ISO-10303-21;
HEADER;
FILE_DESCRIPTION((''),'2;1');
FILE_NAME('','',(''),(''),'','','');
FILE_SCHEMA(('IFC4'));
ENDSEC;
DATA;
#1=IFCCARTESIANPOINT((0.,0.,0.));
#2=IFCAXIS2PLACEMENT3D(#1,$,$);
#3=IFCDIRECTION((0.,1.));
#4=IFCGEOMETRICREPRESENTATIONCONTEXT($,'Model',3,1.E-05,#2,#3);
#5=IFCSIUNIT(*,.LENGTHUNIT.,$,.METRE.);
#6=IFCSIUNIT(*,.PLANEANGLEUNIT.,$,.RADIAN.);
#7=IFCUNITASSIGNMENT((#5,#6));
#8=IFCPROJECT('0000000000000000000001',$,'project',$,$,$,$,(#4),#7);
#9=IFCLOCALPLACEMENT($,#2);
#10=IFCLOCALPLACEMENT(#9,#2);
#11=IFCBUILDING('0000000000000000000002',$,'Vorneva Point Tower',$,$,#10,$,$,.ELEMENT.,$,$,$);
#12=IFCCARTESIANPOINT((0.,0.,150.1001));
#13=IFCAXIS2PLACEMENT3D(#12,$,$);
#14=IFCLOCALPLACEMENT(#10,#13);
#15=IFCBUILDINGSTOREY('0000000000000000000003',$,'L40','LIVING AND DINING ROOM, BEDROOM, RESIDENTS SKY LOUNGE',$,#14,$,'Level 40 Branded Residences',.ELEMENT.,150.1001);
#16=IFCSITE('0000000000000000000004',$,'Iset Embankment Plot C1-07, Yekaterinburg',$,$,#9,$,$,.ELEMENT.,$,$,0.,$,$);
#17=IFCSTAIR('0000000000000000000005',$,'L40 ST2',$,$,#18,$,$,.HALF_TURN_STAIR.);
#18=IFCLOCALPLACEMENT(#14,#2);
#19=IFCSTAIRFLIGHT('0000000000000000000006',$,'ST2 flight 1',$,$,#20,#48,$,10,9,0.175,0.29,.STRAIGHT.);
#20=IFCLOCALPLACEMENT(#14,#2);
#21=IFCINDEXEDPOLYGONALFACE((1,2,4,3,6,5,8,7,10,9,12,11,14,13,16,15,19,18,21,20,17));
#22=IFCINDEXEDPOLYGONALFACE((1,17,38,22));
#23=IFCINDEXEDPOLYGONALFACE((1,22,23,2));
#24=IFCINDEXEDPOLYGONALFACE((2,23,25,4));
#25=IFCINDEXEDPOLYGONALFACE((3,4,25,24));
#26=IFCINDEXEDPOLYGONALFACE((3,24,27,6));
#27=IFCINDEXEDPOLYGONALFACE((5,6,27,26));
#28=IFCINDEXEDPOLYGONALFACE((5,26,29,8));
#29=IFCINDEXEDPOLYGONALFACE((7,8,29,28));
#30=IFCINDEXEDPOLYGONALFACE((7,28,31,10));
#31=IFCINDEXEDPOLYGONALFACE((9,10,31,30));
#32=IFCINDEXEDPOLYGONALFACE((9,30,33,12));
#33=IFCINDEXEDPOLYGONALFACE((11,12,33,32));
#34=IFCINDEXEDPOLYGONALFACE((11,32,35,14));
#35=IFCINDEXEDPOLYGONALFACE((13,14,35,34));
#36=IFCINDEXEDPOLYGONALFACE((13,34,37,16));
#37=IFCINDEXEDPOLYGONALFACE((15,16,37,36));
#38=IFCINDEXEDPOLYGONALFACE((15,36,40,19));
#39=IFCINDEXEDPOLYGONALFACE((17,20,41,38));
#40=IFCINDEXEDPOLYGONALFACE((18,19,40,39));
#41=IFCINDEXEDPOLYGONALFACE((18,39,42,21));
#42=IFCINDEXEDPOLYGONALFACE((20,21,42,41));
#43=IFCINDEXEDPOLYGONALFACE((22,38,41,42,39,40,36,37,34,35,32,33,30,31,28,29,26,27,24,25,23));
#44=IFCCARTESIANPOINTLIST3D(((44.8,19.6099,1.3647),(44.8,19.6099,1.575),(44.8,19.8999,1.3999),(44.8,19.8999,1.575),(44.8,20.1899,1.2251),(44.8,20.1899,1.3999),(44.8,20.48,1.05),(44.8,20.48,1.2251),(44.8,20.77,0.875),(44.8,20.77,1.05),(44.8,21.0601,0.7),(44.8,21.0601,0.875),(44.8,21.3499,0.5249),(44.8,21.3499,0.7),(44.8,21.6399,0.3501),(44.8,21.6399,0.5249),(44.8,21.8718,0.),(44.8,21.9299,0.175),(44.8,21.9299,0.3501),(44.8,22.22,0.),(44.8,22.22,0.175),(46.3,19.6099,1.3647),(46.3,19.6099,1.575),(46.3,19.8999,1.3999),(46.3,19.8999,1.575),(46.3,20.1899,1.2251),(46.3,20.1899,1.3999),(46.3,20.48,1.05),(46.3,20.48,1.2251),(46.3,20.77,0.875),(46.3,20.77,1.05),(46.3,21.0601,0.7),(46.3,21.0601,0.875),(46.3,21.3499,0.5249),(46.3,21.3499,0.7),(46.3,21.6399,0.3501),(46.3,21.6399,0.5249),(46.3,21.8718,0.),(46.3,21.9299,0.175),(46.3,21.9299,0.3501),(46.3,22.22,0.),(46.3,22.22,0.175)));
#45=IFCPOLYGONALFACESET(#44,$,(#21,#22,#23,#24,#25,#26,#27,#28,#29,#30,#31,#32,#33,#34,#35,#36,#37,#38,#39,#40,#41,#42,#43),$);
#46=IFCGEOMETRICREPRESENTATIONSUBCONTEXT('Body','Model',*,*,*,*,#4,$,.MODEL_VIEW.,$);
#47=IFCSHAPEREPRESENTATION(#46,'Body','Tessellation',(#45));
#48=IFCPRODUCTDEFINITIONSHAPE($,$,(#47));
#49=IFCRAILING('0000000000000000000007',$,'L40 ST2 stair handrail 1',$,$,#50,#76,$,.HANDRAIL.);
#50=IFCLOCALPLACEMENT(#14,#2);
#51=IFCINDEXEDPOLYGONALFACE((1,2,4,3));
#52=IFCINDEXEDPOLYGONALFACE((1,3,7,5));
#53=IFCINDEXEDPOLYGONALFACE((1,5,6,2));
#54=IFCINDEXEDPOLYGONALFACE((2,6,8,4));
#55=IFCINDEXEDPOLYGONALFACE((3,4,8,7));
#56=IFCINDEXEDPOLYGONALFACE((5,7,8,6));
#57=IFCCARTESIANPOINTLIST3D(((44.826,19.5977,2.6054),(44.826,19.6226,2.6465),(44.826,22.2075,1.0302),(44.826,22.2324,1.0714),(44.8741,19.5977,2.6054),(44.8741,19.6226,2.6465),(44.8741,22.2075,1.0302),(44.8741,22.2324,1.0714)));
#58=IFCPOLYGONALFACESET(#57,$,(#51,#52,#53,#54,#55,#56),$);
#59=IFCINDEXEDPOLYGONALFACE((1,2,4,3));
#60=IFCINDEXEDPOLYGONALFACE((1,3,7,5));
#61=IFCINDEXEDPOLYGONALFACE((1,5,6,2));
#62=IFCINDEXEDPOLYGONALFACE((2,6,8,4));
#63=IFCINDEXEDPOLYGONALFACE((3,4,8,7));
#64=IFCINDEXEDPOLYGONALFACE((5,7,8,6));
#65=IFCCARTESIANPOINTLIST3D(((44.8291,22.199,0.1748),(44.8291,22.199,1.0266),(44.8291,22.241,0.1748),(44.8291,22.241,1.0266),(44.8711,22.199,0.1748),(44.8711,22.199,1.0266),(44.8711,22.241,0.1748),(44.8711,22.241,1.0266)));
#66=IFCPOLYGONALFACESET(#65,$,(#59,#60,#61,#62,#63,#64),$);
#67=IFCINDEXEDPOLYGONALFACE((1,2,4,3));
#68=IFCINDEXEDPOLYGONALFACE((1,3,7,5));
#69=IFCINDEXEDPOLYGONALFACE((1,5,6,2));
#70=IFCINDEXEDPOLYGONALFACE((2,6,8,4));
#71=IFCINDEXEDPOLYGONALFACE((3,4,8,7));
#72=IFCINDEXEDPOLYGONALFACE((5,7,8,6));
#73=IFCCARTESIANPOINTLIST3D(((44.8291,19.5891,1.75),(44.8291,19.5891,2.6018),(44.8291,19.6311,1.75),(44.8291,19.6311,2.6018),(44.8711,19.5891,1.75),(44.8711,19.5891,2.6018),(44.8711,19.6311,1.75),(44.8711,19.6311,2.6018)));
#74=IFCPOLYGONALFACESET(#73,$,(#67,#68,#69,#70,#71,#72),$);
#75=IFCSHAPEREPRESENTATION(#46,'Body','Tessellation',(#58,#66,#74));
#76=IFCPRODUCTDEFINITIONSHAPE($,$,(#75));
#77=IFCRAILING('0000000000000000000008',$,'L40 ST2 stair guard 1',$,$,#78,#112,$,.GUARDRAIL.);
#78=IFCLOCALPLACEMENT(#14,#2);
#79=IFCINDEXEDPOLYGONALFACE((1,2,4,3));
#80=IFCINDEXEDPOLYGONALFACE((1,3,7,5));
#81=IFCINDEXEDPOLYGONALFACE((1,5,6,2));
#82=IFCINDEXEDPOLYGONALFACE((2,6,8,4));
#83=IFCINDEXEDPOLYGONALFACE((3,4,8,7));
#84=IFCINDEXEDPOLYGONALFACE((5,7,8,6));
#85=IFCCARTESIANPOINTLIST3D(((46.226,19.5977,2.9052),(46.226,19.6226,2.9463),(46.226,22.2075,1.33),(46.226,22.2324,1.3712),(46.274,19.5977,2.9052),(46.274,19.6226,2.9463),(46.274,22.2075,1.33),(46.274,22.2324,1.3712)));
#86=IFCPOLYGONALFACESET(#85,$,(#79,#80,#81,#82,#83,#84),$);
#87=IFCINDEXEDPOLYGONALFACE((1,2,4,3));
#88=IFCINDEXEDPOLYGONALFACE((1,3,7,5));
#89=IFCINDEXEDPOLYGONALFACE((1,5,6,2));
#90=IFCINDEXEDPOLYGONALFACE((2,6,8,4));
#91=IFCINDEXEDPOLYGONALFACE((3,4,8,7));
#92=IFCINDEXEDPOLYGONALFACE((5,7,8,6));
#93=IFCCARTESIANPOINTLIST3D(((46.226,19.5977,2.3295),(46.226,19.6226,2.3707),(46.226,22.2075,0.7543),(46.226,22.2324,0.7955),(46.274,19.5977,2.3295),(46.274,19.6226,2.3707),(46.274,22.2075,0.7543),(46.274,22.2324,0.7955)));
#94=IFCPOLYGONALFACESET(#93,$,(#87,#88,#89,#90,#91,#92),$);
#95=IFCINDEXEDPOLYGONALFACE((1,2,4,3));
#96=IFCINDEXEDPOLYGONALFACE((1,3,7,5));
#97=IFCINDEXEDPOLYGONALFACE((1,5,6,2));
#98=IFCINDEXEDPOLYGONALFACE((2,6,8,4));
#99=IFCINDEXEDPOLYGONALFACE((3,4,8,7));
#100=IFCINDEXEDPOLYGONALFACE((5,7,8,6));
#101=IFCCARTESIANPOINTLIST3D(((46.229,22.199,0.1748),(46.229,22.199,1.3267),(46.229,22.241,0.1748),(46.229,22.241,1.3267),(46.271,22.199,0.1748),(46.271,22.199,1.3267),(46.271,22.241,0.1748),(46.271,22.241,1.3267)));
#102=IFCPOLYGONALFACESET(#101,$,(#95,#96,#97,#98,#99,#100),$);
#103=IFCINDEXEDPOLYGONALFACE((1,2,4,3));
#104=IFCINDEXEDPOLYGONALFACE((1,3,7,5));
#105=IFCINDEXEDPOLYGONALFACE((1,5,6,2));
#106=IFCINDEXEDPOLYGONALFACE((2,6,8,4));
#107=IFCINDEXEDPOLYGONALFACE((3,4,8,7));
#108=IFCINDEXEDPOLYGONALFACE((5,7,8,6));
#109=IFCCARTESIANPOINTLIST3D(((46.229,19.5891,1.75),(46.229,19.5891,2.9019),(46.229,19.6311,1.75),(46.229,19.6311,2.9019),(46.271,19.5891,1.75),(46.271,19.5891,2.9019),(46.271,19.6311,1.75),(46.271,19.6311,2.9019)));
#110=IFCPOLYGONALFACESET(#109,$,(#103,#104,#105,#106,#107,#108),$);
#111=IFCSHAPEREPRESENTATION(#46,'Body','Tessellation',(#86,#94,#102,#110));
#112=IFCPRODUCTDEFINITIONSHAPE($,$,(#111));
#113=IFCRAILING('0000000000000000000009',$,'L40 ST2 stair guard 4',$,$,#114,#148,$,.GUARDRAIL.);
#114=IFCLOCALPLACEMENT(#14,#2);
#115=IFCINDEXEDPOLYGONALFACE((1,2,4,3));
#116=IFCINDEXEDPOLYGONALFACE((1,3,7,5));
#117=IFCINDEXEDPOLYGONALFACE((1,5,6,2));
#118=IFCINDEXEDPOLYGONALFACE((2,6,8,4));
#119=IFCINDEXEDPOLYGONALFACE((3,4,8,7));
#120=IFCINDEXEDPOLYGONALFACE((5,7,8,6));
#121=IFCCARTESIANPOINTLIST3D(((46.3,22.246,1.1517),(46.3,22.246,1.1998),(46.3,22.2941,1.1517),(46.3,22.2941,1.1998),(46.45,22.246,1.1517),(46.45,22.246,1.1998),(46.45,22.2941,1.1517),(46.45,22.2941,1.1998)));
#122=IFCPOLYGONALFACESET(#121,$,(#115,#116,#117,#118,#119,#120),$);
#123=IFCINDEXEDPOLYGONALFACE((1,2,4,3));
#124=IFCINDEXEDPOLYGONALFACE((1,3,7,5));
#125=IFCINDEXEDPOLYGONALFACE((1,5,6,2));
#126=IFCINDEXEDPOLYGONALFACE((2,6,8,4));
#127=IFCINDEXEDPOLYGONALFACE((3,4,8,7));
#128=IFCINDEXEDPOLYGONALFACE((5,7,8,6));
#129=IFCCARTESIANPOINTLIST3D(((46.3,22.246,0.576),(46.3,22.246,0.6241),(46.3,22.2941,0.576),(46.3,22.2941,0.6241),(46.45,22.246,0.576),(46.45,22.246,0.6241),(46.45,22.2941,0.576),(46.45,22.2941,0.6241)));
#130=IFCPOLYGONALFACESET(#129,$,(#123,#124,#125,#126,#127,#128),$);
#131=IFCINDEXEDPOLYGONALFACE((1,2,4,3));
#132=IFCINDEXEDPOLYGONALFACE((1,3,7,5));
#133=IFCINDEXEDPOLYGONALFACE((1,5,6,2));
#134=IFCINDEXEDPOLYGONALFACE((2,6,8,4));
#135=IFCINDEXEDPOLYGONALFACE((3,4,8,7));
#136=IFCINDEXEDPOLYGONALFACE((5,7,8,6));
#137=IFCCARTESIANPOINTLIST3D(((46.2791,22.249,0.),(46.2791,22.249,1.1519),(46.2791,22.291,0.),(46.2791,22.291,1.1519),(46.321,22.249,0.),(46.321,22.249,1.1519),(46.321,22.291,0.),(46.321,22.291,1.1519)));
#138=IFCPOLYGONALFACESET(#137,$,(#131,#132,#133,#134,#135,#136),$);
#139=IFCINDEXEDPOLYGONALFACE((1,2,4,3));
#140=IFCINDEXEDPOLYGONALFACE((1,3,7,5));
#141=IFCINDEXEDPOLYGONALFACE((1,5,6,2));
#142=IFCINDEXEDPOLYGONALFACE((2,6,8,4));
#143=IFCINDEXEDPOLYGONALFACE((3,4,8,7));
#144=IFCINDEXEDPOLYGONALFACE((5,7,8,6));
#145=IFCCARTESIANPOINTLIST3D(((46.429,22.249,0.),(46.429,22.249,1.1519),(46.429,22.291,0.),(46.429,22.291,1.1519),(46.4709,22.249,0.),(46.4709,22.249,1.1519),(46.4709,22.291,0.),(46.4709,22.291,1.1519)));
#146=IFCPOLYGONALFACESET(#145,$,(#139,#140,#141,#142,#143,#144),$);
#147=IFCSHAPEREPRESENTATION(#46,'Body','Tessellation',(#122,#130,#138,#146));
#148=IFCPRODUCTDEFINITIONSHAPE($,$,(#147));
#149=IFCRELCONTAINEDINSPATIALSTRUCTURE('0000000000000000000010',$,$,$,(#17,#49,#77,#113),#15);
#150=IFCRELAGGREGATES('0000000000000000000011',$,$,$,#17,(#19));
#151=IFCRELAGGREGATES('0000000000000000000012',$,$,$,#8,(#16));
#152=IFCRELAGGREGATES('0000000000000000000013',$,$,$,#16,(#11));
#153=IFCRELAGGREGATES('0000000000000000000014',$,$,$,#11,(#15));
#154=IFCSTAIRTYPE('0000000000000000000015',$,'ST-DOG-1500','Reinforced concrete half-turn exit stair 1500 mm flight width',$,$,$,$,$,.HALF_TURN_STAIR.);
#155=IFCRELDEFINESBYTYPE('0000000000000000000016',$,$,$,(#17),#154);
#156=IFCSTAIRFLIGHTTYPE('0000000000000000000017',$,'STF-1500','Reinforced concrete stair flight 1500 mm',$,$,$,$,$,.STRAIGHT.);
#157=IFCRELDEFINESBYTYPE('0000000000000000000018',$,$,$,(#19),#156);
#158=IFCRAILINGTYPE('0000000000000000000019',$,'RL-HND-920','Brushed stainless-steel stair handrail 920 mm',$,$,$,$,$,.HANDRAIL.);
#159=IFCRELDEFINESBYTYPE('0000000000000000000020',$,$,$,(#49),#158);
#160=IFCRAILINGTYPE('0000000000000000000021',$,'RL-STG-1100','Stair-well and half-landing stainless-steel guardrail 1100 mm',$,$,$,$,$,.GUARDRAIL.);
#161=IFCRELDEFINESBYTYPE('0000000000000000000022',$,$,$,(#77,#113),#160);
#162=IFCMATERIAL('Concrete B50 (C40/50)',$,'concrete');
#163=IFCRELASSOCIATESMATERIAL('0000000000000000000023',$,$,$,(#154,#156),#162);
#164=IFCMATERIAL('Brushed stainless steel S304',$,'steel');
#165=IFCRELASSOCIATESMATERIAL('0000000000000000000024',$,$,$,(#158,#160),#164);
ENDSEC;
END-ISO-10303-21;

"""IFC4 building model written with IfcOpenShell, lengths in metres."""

from ifc_helpers import new_model, si_unit, direction, frame, origin, origin_2d, place, context, subcontext, project, spatial, polyline, rectangle, outline, extrude, material, type_object, element, aggregate, save


model = new_model("IFC4")

# Units and contexts
model_context = context("Model", 3, precision=1e-05, world=origin(), true_north=direction((0.0, 1.0)))
body_context = subcontext(model_context, "Body", "Model", "MODEL_VIEW")
ifc_project = project(units=[si_unit("LENGTHUNIT", "METRE"), si_unit("PLANEANGLEUNIT", "RADIAN")], contexts=[model_context])

# Site, building, storey
site_placement = place(None, origin())
site = spatial("IfcSite", under=ifc_project, at=site_placement, Name="Iset Embankment Plot C1-07, Yekaterinburg", CompositionType="ELEMENT", RefElevation=0.0)
building_placement = place(site_placement, origin())
building = spatial("IfcBuilding", under=site, at=building_placement, Name="Vorneva Point Tower", CompositionType="ELEMENT")
storey_placement = place(building_placement, frame((0.0, 0.0, 150.1001)))
storey = spatial("IfcBuildingStorey", under=building, at=storey_placement, Name="L40", Description="LIVING AND DINING ROOM, BEDROOM, RESIDENTS SKY LOUNGE", LongName="Level 40 Branded Residences", CompositionType="ELEMENT", Elevation=150.1001)

# Shared definitions
ifc_material_1 = material(Name="Concrete B50 (C40/50)", Category="concrete")
ifc_material_2 = material(Name="Brushed stainless steel S304", Category="steel")

# Stair, stair flight
stair_type = type_object("IfcStairType", Name="ST-DOG-1500", Description="Reinforced concrete half-turn exit stair 1500 mm flight width", PredefinedType="HALF_TURN_STAIR", material=ifc_material_1)
stair_placement = place(storey_placement, origin())
stair = element("IfcStair", 1, at=stair_placement, inside=storey, type_object=stair_type, Name="L40 ST2", PredefinedType="HALF_TURN_STAIR")
stair_flight_type = type_object("IfcStairFlightType", Name="STF-1500", Description="Reinforced concrete stair flight 1500 mm", PredefinedType="STRAIGHT", material=ifc_material_1)
stair_flight_placement = place(storey_placement, frame((45.55, 22.22, 0.0), z_axis=(0.0, 0.0, 1.0), x_axis=(0.0, -1.0, 0.0)))
stair_flight = element("IfcStairFlight", 2, at=stair_flight_placement, type_object=stair_flight_type, Name="ST2 flight 1", NumberOfRisers=10, NumberOfTreads=9, PredefinedType="STRAIGHT", RiserHeight=0.175, TreadLength=0.29, context=body_context, shape_type="SweptSolid", body=[
    extrude(outline(polyline([(0.0, 0.0), (0.0, 0.175), (0.29, 0.175), (0.29, 0.3501), (0.5801, 0.3501), (0.5801, 0.5249), (0.8701, 0.5249), (0.8701, 0.7), (1.1599, 0.7), (1.1599, 0.875), (1.45, 0.875), (1.45, 1.05), (1.74, 1.05), (1.74, 1.2251), (2.03, 1.2251), (2.03, 1.3999), (2.3201, 1.3999), (2.3201, 1.575), (2.6101, 1.575), (2.6101, 1.75), (2.6101, 1.3647), (0.3481, 0.0), (0.0, 0.0)])), frame((0.0, 0.75, 0.0), z_axis=(0.0, -1.0, 0.0), x_axis=(1.0, 0.0, 0.0)), (0.0, 0.0, 1.0), 1.5),
])
aggregate(stair, [stair_flight])

# Railings
railing_type_1 = type_object("IfcRailingType", Name="RL-HND-920", Description="Brushed stainless-steel stair handrail 920 mm", PredefinedType="HANDRAIL", material=ifc_material_2)
railing_1_placement = place(storey_placement, frame((44.8501, 22.22, 0.1748)))
element("IfcRailing", 3, at=railing_1_placement, inside=storey, type_object=railing_type_1, Name="L40 ST2 stair handrail 1", PredefinedType="HANDRAIL", context=body_context, shape_type="SweptSolid", body=[
    extrude(rectangle(XDim=0.0481, YDim=0.0481, at=origin_2d()), frame((0.0, 0.0, 0.876), z_axis=(0.0, -0.856147, 0.516732), x_axis=(1.0, 0.0, 0.0)), (0.0, 0.0, 1.0), 3.0483),
    extrude(rectangle(XDim=0.042, YDim=0.042, at=origin_2d()), origin(), (0.0, 0.0, 1.0), 0.8518),
    extrude(rectangle(XDim=0.042, YDim=0.042, at=origin_2d()), frame((0.0, -2.6099, 1.5752)), (0.0, 0.0, 1.0), 0.8518),
])
railing_type_2 = type_object("IfcRailingType", Name="RL-STG-1100", Description="Stair-well and half-landing stainless-steel guardrail 1100 mm", PredefinedType="GUARDRAIL", material=ifc_material_2)
railing_2_placement = place(storey_placement, frame((46.25, 22.22, 0.1748)))
element("IfcRailing", 4, at=railing_2_placement, inside=storey, type_object=railing_type_2, Name="L40 ST2 stair guard 1", PredefinedType="GUARDRAIL", context=body_context, shape_type="SweptSolid", body=[
    extrude(rectangle(XDim=0.0481, YDim=0.0481, at=origin_2d()), frame((0.0, 0.0, 1.1758), z_axis=(0.0, -0.856147, 0.516732), x_axis=(1.0, 0.0, 0.0)), (0.0, 0.0, 1.0), 3.0483),
    extrude(rectangle(XDim=0.0481, YDim=0.0481, at=origin_2d()), frame((0.0, 0.0, 0.6001), z_axis=(0.0, -0.856147, 0.516732), x_axis=(1.0, 0.0, 0.0)), (0.0, 0.0, 1.0), 3.0483),
    extrude(rectangle(XDim=0.042, YDim=0.042, at=origin_2d()), origin(), (0.0, 0.0, 1.0), 1.1519),
    extrude(rectangle(XDim=0.042, YDim=0.042, at=origin_2d()), frame((0.0, -2.6099, 1.5752)), (0.0, 0.0, 1.0), 1.1519),
])
railing_3_placement = place(storey_placement, frame((46.3, 22.27, 0.0)))
element("IfcRailing", 5, at=railing_3_placement, inside=storey, type_object=railing_type_2, Name="L40 ST2 stair guard 4", PredefinedType="GUARDRAIL", context=body_context, shape_type="SweptSolid", body=[
    extrude(rectangle(XDim=0.0481, YDim=0.0481, at=origin_2d()), frame((0.0, 0.0, 1.1758), z_axis=(1.0, 0.0, 0.0), x_axis=(0.0, 1.0, 0.0)), (0.0, 0.0, 1.0), 0.1499),
    extrude(rectangle(XDim=0.0481, YDim=0.0481, at=origin_2d()), frame((0.0, 0.0, 0.6001), z_axis=(1.0, 0.0, 0.0), x_axis=(0.0, 1.0, 0.0)), (0.0, 0.0, 1.0), 0.1499),
    extrude(rectangle(XDim=0.042, YDim=0.042, at=origin_2d()), origin(), (0.0, 0.0, 1.0), 1.1519),
    extrude(rectangle(XDim=0.042, YDim=0.042, at=origin_2d()), frame((0.1499, 0.0, 0.0)), (0.0, 0.0, 1.0), 1.1519),
])

save(model, "model.ifc")
